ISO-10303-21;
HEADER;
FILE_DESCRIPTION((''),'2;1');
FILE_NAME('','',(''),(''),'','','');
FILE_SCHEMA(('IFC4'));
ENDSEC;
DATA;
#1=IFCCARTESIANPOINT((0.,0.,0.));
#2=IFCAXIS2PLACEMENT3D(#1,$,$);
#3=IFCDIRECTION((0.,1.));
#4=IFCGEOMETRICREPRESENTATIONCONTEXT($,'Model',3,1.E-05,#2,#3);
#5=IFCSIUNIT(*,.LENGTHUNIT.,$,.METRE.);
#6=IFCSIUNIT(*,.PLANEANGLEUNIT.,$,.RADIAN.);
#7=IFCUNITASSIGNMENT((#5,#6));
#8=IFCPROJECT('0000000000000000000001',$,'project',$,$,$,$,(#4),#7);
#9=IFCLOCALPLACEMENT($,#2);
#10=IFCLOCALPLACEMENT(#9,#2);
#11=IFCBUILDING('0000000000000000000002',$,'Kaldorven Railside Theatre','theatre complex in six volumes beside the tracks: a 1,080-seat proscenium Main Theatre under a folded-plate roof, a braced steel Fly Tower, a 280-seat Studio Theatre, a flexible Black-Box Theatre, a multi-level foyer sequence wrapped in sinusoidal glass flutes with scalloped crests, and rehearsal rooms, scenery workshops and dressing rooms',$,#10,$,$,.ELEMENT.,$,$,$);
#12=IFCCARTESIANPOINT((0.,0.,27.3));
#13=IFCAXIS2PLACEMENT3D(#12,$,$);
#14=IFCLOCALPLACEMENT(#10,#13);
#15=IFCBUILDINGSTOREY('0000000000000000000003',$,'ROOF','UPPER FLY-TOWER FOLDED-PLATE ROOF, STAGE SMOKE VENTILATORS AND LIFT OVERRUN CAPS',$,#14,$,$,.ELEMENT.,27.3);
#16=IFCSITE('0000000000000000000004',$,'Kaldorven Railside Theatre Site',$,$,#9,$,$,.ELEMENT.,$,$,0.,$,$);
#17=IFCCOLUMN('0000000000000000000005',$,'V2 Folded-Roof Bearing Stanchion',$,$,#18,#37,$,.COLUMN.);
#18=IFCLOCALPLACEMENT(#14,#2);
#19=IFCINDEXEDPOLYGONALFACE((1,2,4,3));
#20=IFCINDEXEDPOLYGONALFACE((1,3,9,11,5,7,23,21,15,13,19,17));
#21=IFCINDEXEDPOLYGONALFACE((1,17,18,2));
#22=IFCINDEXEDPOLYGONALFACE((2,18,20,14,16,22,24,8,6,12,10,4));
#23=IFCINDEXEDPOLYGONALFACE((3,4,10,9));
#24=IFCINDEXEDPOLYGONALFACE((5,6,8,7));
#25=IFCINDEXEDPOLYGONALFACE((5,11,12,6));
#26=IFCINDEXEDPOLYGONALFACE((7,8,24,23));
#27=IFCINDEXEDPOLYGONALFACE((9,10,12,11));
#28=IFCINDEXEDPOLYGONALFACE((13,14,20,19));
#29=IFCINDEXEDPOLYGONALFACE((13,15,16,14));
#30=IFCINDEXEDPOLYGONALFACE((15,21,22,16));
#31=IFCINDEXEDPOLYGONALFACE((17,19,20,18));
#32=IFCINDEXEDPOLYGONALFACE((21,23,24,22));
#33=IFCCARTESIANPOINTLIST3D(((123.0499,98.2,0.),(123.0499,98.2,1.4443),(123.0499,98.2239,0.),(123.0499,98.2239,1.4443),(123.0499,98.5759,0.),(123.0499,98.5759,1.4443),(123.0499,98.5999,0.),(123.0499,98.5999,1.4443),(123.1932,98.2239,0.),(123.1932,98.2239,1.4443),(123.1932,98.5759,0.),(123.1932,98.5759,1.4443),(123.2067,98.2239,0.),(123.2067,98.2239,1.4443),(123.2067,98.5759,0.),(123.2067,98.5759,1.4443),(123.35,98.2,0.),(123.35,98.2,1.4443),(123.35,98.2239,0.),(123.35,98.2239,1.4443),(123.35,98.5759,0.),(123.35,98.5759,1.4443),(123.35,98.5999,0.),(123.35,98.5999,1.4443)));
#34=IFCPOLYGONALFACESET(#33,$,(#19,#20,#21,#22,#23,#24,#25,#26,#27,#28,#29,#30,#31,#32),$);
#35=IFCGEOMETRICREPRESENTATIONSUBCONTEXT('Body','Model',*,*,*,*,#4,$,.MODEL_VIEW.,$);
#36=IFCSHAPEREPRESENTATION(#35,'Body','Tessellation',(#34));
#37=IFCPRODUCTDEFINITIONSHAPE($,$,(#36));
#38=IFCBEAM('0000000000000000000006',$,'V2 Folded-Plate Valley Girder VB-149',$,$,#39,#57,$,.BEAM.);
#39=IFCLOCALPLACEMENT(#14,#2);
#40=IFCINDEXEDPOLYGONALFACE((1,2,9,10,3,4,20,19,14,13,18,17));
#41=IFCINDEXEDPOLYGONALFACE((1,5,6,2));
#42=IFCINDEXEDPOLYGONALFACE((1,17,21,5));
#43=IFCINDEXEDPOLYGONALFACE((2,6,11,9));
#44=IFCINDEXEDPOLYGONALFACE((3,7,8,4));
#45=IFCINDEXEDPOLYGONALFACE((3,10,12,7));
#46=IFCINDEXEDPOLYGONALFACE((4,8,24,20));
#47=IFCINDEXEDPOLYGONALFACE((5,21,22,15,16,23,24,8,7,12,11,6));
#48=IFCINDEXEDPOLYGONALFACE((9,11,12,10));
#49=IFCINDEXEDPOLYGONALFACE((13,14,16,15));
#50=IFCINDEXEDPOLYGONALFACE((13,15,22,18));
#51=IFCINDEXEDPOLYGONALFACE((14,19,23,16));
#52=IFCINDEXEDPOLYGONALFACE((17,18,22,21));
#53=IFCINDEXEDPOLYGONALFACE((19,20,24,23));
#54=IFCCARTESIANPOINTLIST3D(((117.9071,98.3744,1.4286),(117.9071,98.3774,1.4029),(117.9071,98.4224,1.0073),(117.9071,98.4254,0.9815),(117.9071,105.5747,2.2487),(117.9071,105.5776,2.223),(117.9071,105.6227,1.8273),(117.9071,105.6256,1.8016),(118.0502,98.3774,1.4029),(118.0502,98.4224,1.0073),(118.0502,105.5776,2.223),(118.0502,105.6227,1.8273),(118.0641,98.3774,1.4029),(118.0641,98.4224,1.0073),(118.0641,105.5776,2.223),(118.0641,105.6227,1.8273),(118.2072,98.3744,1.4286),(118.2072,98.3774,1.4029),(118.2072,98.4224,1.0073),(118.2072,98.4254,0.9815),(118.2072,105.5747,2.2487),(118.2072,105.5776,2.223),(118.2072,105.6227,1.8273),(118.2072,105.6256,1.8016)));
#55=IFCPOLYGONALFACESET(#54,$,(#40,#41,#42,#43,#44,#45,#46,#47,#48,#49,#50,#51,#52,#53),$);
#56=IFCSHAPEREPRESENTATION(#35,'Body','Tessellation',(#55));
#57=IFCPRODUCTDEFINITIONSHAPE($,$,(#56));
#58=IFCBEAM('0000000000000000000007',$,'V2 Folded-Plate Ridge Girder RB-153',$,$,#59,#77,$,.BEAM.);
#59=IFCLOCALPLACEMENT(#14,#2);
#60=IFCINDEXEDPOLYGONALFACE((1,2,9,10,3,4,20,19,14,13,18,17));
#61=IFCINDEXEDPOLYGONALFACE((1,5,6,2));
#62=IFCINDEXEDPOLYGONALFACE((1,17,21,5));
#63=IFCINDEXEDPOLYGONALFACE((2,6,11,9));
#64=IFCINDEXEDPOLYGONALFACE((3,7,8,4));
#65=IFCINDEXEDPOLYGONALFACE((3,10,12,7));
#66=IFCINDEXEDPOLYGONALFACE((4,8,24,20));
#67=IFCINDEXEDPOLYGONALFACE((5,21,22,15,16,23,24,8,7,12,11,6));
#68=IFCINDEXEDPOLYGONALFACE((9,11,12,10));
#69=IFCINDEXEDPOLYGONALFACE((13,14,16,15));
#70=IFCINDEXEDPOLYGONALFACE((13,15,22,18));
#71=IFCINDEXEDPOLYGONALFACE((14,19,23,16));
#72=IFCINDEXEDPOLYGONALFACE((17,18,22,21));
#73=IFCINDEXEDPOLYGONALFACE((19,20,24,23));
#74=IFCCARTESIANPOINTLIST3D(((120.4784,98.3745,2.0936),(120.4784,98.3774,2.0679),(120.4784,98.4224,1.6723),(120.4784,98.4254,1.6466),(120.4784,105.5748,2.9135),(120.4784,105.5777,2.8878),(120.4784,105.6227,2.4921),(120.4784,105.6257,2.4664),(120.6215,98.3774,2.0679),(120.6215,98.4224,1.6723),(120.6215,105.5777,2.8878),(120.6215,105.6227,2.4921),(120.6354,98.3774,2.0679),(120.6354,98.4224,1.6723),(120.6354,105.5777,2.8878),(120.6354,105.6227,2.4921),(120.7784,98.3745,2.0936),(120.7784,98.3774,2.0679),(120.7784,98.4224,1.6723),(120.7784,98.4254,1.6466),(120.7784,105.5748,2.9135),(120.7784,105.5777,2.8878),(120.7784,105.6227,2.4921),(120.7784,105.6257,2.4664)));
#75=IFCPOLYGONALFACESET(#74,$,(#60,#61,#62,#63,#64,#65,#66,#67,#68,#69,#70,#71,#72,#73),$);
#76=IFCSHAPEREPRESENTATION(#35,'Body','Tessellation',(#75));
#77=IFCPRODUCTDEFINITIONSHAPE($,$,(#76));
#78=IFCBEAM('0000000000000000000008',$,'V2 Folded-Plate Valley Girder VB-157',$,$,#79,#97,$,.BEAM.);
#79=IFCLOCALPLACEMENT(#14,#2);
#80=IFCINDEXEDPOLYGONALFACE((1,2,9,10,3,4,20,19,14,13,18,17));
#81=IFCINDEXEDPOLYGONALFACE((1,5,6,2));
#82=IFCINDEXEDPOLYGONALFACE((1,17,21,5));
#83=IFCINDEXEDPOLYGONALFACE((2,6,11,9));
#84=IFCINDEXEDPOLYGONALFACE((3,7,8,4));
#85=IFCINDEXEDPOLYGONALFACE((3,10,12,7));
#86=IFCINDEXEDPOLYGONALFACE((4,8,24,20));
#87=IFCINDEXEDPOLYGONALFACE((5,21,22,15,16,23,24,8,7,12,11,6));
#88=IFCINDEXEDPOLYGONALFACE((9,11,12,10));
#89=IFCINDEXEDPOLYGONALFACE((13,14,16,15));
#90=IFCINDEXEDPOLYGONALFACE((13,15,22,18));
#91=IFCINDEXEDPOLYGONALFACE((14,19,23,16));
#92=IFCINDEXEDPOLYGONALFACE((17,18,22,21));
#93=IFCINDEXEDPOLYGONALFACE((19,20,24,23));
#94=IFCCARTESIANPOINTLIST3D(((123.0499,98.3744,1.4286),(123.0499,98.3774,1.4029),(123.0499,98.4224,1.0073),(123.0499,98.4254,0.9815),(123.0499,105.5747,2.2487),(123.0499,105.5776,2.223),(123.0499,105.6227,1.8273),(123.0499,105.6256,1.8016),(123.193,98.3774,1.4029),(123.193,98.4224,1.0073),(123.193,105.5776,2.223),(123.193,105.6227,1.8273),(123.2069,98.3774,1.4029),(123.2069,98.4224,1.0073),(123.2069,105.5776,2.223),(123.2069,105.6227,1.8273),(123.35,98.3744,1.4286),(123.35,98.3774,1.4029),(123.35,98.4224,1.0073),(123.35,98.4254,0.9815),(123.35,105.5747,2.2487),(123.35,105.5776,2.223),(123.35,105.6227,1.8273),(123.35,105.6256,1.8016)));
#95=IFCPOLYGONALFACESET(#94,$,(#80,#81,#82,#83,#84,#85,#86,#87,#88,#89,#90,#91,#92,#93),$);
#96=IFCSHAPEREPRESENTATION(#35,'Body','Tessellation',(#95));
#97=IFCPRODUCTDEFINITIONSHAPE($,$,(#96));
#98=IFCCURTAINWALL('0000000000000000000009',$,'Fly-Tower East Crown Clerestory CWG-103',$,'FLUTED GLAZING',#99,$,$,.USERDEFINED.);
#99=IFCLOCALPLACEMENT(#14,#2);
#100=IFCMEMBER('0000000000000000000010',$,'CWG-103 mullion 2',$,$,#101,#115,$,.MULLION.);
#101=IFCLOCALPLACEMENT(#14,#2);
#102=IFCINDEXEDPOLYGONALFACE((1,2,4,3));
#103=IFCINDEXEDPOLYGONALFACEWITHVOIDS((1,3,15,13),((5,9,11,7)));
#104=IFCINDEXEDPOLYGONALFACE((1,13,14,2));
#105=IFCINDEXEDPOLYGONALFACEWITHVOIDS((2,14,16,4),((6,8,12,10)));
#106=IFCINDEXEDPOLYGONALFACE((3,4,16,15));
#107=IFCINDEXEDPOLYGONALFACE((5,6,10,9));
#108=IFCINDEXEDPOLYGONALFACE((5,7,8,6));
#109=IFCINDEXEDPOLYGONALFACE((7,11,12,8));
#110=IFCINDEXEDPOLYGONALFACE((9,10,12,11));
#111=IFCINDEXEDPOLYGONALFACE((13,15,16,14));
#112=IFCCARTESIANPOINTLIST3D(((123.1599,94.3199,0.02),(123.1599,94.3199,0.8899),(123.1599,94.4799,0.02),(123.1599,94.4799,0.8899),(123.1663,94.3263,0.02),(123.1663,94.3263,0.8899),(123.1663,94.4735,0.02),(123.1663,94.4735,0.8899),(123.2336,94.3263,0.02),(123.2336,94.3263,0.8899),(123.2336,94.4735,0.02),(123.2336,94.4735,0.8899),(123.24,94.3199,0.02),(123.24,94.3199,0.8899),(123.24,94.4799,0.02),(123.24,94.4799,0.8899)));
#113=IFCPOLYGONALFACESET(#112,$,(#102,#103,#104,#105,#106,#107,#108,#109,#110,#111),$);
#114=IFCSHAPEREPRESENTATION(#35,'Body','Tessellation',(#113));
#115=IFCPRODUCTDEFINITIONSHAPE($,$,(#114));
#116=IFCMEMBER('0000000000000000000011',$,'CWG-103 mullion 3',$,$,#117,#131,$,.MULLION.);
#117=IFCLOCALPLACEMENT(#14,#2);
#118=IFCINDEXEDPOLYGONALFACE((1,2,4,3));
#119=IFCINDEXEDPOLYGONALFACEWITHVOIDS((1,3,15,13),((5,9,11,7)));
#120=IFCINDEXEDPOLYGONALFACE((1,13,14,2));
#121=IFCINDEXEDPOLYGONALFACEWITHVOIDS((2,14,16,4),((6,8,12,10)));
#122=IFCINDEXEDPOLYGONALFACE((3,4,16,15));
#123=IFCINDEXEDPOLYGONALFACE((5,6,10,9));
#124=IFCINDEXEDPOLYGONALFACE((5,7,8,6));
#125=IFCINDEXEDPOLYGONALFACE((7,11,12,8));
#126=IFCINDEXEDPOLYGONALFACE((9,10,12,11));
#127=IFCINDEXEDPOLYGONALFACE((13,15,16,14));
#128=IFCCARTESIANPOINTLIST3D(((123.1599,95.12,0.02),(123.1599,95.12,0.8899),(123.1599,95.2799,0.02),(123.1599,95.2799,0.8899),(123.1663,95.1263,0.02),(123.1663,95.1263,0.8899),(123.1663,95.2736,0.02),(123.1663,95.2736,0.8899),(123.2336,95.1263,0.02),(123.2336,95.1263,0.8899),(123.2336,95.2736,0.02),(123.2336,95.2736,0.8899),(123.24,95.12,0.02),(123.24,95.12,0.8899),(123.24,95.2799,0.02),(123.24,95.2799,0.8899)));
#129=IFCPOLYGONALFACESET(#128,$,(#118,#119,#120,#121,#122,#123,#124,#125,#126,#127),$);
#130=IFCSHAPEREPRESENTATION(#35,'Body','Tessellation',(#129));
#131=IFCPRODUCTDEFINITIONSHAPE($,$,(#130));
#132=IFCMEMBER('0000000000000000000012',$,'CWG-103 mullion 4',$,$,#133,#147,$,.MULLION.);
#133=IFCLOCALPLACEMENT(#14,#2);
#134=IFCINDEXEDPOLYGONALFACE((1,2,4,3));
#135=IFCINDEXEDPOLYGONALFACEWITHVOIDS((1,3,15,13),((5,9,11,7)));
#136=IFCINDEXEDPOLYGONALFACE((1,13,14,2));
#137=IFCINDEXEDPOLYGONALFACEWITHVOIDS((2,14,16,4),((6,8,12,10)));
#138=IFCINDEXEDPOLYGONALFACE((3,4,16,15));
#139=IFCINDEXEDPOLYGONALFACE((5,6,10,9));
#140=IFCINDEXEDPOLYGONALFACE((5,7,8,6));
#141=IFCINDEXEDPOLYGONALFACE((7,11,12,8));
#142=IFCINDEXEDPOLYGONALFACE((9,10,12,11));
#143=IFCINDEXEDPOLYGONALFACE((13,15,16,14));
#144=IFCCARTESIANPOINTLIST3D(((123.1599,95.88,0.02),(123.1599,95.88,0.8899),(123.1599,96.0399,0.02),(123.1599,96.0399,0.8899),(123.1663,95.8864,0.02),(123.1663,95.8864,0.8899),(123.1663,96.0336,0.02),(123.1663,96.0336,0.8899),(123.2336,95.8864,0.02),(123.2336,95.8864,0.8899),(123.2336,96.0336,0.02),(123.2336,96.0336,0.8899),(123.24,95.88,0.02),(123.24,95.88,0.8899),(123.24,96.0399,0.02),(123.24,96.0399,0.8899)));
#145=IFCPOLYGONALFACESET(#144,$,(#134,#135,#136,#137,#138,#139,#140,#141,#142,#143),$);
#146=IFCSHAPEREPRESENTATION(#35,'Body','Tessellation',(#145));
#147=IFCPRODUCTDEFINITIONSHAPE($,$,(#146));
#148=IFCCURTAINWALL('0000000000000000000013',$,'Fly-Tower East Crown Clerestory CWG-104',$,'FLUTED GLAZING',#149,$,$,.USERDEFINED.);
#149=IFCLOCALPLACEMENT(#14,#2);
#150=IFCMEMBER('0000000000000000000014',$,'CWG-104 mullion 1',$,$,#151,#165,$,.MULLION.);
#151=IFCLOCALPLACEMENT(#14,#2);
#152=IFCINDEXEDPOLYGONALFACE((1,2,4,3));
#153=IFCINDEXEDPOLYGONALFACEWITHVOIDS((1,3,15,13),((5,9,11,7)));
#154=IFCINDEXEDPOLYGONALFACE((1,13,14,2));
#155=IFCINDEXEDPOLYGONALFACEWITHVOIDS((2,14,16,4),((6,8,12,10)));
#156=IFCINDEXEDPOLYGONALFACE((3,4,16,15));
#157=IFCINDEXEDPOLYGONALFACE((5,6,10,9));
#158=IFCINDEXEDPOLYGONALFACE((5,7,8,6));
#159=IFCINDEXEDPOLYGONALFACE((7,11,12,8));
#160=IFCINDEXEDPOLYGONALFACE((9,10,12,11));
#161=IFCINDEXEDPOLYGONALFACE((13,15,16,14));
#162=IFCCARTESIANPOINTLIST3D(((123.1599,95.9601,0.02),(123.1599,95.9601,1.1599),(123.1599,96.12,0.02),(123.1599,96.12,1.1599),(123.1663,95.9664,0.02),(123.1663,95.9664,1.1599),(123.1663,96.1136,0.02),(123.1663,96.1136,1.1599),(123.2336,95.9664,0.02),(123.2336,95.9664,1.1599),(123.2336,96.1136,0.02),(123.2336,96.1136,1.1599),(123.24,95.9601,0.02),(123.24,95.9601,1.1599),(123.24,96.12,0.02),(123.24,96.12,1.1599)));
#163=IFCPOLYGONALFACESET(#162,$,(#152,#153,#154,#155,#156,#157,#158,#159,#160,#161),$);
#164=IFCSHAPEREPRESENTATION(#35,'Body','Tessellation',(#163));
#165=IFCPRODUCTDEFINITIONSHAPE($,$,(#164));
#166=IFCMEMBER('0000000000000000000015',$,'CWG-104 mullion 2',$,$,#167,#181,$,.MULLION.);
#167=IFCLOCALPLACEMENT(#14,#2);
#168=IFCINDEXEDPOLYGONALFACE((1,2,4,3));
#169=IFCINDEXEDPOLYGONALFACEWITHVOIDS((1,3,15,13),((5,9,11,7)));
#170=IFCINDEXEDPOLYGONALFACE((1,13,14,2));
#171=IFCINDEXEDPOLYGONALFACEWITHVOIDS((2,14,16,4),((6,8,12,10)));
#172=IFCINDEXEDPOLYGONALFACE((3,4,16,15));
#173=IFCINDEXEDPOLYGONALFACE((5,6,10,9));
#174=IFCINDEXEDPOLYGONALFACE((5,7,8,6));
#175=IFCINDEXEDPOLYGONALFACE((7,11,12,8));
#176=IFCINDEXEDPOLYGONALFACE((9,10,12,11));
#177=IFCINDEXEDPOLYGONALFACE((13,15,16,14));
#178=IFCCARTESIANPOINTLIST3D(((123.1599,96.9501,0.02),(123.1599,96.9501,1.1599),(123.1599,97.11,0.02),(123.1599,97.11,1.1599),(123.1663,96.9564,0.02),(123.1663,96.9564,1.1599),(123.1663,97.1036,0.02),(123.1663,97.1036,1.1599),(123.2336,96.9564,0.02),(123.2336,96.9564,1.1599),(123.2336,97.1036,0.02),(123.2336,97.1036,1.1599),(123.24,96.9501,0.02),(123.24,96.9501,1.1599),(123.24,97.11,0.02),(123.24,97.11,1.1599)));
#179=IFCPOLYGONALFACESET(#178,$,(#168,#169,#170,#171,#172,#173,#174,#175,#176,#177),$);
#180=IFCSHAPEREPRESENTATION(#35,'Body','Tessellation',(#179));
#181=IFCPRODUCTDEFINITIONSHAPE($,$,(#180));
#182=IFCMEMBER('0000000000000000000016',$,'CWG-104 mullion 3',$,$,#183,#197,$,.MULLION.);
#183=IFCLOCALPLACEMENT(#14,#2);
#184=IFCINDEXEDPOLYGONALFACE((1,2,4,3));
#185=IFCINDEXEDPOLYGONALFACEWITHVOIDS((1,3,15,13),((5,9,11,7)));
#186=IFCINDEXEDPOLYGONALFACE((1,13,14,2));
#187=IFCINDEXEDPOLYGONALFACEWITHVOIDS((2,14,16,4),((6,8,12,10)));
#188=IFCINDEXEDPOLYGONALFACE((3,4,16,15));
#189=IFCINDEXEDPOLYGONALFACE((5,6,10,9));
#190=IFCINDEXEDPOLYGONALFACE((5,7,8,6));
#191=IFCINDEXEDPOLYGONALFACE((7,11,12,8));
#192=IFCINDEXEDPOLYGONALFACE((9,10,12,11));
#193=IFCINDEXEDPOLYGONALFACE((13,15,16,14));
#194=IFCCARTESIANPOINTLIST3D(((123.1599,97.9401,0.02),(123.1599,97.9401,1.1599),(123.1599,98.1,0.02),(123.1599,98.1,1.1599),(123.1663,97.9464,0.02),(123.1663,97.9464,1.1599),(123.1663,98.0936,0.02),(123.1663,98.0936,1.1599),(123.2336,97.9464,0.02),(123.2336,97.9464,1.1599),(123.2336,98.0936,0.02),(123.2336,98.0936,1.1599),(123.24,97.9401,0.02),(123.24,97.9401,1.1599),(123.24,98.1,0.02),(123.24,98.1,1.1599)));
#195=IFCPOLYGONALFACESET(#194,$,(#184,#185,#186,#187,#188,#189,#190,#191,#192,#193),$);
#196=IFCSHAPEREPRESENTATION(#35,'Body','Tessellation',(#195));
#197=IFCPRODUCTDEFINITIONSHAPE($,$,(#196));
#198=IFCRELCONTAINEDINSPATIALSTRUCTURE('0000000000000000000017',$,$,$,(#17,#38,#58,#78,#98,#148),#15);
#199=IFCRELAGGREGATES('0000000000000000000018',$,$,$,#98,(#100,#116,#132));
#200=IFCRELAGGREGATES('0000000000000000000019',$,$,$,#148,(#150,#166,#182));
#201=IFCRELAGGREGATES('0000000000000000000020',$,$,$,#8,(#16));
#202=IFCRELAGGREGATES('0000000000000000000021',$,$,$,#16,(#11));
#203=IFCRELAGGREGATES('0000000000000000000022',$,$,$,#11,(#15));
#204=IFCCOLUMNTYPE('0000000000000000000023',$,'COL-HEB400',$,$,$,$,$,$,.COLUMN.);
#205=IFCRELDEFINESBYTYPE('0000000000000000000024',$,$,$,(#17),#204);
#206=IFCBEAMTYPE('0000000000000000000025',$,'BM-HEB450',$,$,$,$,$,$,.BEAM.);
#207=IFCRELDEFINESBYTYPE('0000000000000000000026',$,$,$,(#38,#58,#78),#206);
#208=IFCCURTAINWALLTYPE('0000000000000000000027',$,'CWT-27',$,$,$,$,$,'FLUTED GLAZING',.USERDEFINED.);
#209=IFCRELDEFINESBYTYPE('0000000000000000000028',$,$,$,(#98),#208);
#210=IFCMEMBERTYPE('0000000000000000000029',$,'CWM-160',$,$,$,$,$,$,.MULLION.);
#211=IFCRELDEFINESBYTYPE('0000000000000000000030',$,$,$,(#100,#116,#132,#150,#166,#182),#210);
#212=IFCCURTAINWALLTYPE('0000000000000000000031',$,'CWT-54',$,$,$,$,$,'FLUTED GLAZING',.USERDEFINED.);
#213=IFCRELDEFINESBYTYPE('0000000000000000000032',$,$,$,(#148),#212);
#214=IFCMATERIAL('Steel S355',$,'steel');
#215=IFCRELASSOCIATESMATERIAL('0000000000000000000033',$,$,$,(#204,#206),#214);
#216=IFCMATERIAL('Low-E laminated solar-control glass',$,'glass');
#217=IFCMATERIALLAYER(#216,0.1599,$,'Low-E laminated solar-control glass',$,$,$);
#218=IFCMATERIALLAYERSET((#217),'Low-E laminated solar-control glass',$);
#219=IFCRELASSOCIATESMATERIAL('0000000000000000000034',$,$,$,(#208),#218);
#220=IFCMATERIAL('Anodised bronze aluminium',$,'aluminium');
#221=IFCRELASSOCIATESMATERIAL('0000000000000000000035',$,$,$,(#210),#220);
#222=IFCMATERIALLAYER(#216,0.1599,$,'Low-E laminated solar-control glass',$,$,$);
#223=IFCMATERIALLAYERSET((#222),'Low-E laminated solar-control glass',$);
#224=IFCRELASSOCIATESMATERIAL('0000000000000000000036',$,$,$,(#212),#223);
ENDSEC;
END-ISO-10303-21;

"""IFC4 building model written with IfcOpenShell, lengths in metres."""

from ifc_helpers import new_model, si_unit, direction, frame, origin, origin_2d, place, context, subcontext, project, spatial, hollow_rectangle, i_section, extrude, material, layer, layer_set, material_profile, profile_set, type_object, element, aggregate, save


model = new_model("IFC4")

# Units and contexts
model_context = context("Model", 3, precision=1e-05, world=origin(), true_north=direction((0.0, 1.0)))
body_context = subcontext(model_context, "Body", "Model", "MODEL_VIEW")
ifc_project = project(units=[si_unit("LENGTHUNIT", "METRE"), si_unit("PLANEANGLEUNIT", "RADIAN")], contexts=[model_context])

# Site, building, storey
site_placement = place(None, origin())
site = spatial("IfcSite", under=ifc_project, at=site_placement, Name="Kaldorven Railside Theatre Site", CompositionType="ELEMENT", RefElevation=0.0)
building_placement = place(site_placement, origin())
building = spatial("IfcBuilding", under=site, at=building_placement, Name="Kaldorven Railside Theatre", Description="theatre complex in six volumes beside the tracks: a 1,080-seat proscenium Main Theatre under a folded-plate roof, a braced steel Fly Tower, a 280-seat Studio Theatre, a flexible Black-Box Theatre, a multi-level foyer sequence wrapped in sinusoidal glass flutes with scalloped crests, and rehearsal rooms, scenery workshops and dressing rooms", CompositionType="ELEMENT")
storey_placement = place(building_placement, frame((0.0, 0.0, 27.3)))
storey = spatial("IfcBuildingStorey", under=building, at=storey_placement, Name="ROOF", Description="UPPER FLY-TOWER FOLDED-PLATE ROOF, STAGE SMOKE VENTILATORS AND LIFT OVERRUN CAPS", CompositionType="ELEMENT", Elevation=27.3)

# Column
ifc_material_1 = material(Name="Steel S355", Category="steel")
ifc_material_profile_1 = material_profile(ifc_material_1, i_section(OverallWidth=0.3, OverallDepth=0.3999, WebThickness=0.0134, FlangeThickness=0.0239, at=origin_2d()), Name="HEB 400")
ifc_profile_set_1 = profile_set([ifc_material_profile_1], Name="Steel S355")
column_type = type_object("IfcColumnType", Name="COL-HEB400", PredefinedType="COLUMN", material=ifc_profile_set_1)
column_placement = place(storey_placement, frame((123.2, 98.3999, 0.0), z_axis=(0.0, 0.0, 1.0), x_axis=(1.0, 0.0, 0.0)))
element("IfcColumn", 1, at=column_placement, inside=storey, type_object=column_type, Name="V2 Folded-Roof Bearing Stanchion", PredefinedType="COLUMN", context=body_context, shape_type="SweptSolid", body=[
    extrude(i_section(OverallWidth=0.3, OverallDepth=0.3999, WebThickness=0.0134, FlangeThickness=0.0239, at=origin_2d()), origin(), (0.0, 0.0, 1.0), 1.4443),
])

# Beams
ifc_material_profile_2 = material_profile(ifc_material_1, i_section(OverallWidth=0.3, OverallDepth=0.45, WebThickness=0.0139, FlangeThickness=0.0259, at=origin_2d()), Name="HEB 450")
ifc_profile_set_2 = profile_set([ifc_material_profile_2], Name="Steel S355")
beam_type = type_object("IfcBeamType", Name="BM-HEB450", PredefinedType="BEAM", material=ifc_profile_set_2)
for number, where, z_axis, x_axis, name in (
    (2, (118.0571, 98.3999, 1.2051), (0.0, 0.993576, 0.113164), (-1.0, 0.0, 0.0), "V2 Folded-Plate Valley Girder VB-149"),
    (3, (120.6284, 98.3999, 1.8701), (0.0, 0.99358, 0.11313), (-1.0, 0.0, 0.0), "V2 Folded-Plate Ridge Girder RB-153"),
    (4, (123.2, 98.3999, 1.2051), (0.0, 0.993576, 0.113164), (-1.0, 0.0, 0.0), "V2 Folded-Plate Valley Girder VB-157"),
):
    element("IfcBeam", number, at=place(storey_placement, frame(where, z_axis=z_axis, x_axis=x_axis)), inside=storey, type_object=beam_type, Name=name, PredefinedType="BEAM", context=body_context, shape_type="SweptSolid", body=[
        extrude(i_section(OverallWidth=0.3, OverallDepth=0.45, WebThickness=0.0139, FlangeThickness=0.0259, at=origin_2d()), origin(), (0.0, 0.0, 1.0), 7.2468),
    ])

# Curtain walls, members
ifc_material_2 = material(Name="Low-E laminated solar-control glass", Category="glass")
ifc_layer_1 = layer(ifc_material_2, 0.1599, Name="Low-E laminated solar-control glass")
ifc_layer_set_1 = layer_set([ifc_layer_1], Name="Low-E laminated solar-control glass")
curtain_wall_type_1 = type_object("IfcCurtainWallType", Name="CWT-27", ElementType="FLUTED GLAZING", PredefinedType="USERDEFINED", material=ifc_layer_set_1)
curtain_wall_1_placement = place(storey_placement, origin())
curtain_wall_1 = element("IfcCurtainWall", 5, at=curtain_wall_1_placement, inside=storey, type_object=curtain_wall_type_1, Name="Fly-Tower East Crown Clerestory CWG-103", ObjectType="FLUTED GLAZING", PredefinedType="USERDEFINED")
ifc_material_3 = material(Name="Anodised bronze aluminium", Category="aluminium")
ifc_material_profile_3 = material_profile(ifc_material_3, hollow_rectangle(XDim=0.0801, YDim=0.1599, WallThickness=0.0063, at=origin_2d()), Name="RHS 160x80x6.3")
ifc_profile_set_3 = profile_set([ifc_material_profile_3], Name="Anodised bronze aluminium")
member_type_1 = type_object("IfcMemberType", Name="CWM-160", PredefinedType="MULLION", material=ifc_profile_set_3)
member_1_placement = place(storey_placement, frame((123.2, 94.3999, 0.02), z_axis=(0.0, 0.0, 1.0), x_axis=(-1.0, 0.0, 0.0)))
member_1 = element("IfcMember", 6, at=member_1_placement, type_object=member_type_1, Name="CWG-103 mullion 2", PredefinedType="MULLION", context=body_context, shape_type="SweptSolid", body=[
    extrude(hollow_rectangle(XDim=0.0801, YDim=0.1599, WallThickness=0.0063, at=origin_2d()), origin(), (0.0, 0.0, 1.0), 0.8699),
])
member_2_placement = place(storey_placement, frame((123.2, 95.2, 0.02), z_axis=(0.0, 0.0, 1.0), x_axis=(-1.0, 0.0, 0.0)))
member_2 = element("IfcMember", 7, at=member_2_placement, type_object=member_type_1, Name="CWG-103 mullion 3", PredefinedType="MULLION", context=body_context, shape_type="SweptSolid", body=[
    extrude(hollow_rectangle(XDim=0.0801, YDim=0.1599, WallThickness=0.0063, at=origin_2d()), origin(), (0.0, 0.0, 1.0), 0.8699),
])
member_3_placement = place(storey_placement, frame((123.2, 95.96, 0.02), z_axis=(0.0, 0.0, 1.0), x_axis=(-1.0, 0.0, 0.0)))
member_3 = element("IfcMember", 8, at=member_3_placement, type_object=member_type_1, Name="CWG-103 mullion 4", PredefinedType="MULLION", context=body_context, shape_type="SweptSolid", body=[
    extrude(hollow_rectangle(XDim=0.0801, YDim=0.1599, WallThickness=0.0063, at=origin_2d()), origin(), (0.0, 0.0, 1.0), 0.8699),
])
ifc_layer_2 = layer(ifc_material_2, 0.1599, Name="Low-E laminated solar-control glass")
ifc_layer_set_2 = layer_set([ifc_layer_2], Name="Low-E laminated solar-control glass")
curtain_wall_type_2 = type_object("IfcCurtainWallType", Name="CWT-54", ElementType="FLUTED GLAZING", PredefinedType="USERDEFINED", material=ifc_layer_set_2)
curtain_wall_2_placement = place(storey_placement, origin())
curtain_wall_2 = element("IfcCurtainWall", 9, at=curtain_wall_2_placement, inside=storey, type_object=curtain_wall_type_2, Name="Fly-Tower East Crown Clerestory CWG-104", ObjectType="FLUTED GLAZING", PredefinedType="USERDEFINED")
member_4_placement = place(storey_placement, frame((123.2, 96.04, 0.02), z_axis=(0.0, 0.0, 1.0), x_axis=(-1.0, 0.0, 0.0)))
member_4 = element("IfcMember", 10, at=member_4_placement, type_object=member_type_1, Name="CWG-104 mullion 1", PredefinedType="MULLION", context=body_context, shape_type="SweptSolid", body=[
    extrude(hollow_rectangle(XDim=0.0801, YDim=0.1599, WallThickness=0.0063, at=origin_2d()), origin(), (0.0, 0.0, 1.0), 1.1399),
])
member_5_placement = place(storey_placement, frame((123.2, 97.03, 0.02), z_axis=(0.0, 0.0, 1.0), x_axis=(-1.0, 0.0, 0.0)))
member_5 = element("IfcMember", 11, at=member_5_placement, type_object=member_type_1, Name="CWG-104 mullion 2", PredefinedType="MULLION", context=body_context, shape_type="SweptSolid", body=[
    extrude(hollow_rectangle(XDim=0.0801, YDim=0.1599, WallThickness=0.0063, at=origin_2d()), origin(), (0.0, 0.0, 1.0), 1.1399),
])
member_6_placement = place(storey_placement, frame((123.2, 98.02, 0.02), z_axis=(0.0, 0.0, 1.0), x_axis=(-1.0, 0.0, 0.0)))
member_6 = element("IfcMember", 12, at=member_6_placement, type_object=member_type_1, Name="CWG-104 mullion 3", PredefinedType="MULLION", context=body_context, shape_type="SweptSolid", body=[
    extrude(hollow_rectangle(XDim=0.0801, YDim=0.1599, WallThickness=0.0063, at=origin_2d()), origin(), (0.0, 0.0, 1.0), 1.1399),
])

aggregate(curtain_wall_1, [member_1, member_2, member_3])
aggregate(curtain_wall_2, [member_4, member_5, member_6])

save(model, "model.ifc")
